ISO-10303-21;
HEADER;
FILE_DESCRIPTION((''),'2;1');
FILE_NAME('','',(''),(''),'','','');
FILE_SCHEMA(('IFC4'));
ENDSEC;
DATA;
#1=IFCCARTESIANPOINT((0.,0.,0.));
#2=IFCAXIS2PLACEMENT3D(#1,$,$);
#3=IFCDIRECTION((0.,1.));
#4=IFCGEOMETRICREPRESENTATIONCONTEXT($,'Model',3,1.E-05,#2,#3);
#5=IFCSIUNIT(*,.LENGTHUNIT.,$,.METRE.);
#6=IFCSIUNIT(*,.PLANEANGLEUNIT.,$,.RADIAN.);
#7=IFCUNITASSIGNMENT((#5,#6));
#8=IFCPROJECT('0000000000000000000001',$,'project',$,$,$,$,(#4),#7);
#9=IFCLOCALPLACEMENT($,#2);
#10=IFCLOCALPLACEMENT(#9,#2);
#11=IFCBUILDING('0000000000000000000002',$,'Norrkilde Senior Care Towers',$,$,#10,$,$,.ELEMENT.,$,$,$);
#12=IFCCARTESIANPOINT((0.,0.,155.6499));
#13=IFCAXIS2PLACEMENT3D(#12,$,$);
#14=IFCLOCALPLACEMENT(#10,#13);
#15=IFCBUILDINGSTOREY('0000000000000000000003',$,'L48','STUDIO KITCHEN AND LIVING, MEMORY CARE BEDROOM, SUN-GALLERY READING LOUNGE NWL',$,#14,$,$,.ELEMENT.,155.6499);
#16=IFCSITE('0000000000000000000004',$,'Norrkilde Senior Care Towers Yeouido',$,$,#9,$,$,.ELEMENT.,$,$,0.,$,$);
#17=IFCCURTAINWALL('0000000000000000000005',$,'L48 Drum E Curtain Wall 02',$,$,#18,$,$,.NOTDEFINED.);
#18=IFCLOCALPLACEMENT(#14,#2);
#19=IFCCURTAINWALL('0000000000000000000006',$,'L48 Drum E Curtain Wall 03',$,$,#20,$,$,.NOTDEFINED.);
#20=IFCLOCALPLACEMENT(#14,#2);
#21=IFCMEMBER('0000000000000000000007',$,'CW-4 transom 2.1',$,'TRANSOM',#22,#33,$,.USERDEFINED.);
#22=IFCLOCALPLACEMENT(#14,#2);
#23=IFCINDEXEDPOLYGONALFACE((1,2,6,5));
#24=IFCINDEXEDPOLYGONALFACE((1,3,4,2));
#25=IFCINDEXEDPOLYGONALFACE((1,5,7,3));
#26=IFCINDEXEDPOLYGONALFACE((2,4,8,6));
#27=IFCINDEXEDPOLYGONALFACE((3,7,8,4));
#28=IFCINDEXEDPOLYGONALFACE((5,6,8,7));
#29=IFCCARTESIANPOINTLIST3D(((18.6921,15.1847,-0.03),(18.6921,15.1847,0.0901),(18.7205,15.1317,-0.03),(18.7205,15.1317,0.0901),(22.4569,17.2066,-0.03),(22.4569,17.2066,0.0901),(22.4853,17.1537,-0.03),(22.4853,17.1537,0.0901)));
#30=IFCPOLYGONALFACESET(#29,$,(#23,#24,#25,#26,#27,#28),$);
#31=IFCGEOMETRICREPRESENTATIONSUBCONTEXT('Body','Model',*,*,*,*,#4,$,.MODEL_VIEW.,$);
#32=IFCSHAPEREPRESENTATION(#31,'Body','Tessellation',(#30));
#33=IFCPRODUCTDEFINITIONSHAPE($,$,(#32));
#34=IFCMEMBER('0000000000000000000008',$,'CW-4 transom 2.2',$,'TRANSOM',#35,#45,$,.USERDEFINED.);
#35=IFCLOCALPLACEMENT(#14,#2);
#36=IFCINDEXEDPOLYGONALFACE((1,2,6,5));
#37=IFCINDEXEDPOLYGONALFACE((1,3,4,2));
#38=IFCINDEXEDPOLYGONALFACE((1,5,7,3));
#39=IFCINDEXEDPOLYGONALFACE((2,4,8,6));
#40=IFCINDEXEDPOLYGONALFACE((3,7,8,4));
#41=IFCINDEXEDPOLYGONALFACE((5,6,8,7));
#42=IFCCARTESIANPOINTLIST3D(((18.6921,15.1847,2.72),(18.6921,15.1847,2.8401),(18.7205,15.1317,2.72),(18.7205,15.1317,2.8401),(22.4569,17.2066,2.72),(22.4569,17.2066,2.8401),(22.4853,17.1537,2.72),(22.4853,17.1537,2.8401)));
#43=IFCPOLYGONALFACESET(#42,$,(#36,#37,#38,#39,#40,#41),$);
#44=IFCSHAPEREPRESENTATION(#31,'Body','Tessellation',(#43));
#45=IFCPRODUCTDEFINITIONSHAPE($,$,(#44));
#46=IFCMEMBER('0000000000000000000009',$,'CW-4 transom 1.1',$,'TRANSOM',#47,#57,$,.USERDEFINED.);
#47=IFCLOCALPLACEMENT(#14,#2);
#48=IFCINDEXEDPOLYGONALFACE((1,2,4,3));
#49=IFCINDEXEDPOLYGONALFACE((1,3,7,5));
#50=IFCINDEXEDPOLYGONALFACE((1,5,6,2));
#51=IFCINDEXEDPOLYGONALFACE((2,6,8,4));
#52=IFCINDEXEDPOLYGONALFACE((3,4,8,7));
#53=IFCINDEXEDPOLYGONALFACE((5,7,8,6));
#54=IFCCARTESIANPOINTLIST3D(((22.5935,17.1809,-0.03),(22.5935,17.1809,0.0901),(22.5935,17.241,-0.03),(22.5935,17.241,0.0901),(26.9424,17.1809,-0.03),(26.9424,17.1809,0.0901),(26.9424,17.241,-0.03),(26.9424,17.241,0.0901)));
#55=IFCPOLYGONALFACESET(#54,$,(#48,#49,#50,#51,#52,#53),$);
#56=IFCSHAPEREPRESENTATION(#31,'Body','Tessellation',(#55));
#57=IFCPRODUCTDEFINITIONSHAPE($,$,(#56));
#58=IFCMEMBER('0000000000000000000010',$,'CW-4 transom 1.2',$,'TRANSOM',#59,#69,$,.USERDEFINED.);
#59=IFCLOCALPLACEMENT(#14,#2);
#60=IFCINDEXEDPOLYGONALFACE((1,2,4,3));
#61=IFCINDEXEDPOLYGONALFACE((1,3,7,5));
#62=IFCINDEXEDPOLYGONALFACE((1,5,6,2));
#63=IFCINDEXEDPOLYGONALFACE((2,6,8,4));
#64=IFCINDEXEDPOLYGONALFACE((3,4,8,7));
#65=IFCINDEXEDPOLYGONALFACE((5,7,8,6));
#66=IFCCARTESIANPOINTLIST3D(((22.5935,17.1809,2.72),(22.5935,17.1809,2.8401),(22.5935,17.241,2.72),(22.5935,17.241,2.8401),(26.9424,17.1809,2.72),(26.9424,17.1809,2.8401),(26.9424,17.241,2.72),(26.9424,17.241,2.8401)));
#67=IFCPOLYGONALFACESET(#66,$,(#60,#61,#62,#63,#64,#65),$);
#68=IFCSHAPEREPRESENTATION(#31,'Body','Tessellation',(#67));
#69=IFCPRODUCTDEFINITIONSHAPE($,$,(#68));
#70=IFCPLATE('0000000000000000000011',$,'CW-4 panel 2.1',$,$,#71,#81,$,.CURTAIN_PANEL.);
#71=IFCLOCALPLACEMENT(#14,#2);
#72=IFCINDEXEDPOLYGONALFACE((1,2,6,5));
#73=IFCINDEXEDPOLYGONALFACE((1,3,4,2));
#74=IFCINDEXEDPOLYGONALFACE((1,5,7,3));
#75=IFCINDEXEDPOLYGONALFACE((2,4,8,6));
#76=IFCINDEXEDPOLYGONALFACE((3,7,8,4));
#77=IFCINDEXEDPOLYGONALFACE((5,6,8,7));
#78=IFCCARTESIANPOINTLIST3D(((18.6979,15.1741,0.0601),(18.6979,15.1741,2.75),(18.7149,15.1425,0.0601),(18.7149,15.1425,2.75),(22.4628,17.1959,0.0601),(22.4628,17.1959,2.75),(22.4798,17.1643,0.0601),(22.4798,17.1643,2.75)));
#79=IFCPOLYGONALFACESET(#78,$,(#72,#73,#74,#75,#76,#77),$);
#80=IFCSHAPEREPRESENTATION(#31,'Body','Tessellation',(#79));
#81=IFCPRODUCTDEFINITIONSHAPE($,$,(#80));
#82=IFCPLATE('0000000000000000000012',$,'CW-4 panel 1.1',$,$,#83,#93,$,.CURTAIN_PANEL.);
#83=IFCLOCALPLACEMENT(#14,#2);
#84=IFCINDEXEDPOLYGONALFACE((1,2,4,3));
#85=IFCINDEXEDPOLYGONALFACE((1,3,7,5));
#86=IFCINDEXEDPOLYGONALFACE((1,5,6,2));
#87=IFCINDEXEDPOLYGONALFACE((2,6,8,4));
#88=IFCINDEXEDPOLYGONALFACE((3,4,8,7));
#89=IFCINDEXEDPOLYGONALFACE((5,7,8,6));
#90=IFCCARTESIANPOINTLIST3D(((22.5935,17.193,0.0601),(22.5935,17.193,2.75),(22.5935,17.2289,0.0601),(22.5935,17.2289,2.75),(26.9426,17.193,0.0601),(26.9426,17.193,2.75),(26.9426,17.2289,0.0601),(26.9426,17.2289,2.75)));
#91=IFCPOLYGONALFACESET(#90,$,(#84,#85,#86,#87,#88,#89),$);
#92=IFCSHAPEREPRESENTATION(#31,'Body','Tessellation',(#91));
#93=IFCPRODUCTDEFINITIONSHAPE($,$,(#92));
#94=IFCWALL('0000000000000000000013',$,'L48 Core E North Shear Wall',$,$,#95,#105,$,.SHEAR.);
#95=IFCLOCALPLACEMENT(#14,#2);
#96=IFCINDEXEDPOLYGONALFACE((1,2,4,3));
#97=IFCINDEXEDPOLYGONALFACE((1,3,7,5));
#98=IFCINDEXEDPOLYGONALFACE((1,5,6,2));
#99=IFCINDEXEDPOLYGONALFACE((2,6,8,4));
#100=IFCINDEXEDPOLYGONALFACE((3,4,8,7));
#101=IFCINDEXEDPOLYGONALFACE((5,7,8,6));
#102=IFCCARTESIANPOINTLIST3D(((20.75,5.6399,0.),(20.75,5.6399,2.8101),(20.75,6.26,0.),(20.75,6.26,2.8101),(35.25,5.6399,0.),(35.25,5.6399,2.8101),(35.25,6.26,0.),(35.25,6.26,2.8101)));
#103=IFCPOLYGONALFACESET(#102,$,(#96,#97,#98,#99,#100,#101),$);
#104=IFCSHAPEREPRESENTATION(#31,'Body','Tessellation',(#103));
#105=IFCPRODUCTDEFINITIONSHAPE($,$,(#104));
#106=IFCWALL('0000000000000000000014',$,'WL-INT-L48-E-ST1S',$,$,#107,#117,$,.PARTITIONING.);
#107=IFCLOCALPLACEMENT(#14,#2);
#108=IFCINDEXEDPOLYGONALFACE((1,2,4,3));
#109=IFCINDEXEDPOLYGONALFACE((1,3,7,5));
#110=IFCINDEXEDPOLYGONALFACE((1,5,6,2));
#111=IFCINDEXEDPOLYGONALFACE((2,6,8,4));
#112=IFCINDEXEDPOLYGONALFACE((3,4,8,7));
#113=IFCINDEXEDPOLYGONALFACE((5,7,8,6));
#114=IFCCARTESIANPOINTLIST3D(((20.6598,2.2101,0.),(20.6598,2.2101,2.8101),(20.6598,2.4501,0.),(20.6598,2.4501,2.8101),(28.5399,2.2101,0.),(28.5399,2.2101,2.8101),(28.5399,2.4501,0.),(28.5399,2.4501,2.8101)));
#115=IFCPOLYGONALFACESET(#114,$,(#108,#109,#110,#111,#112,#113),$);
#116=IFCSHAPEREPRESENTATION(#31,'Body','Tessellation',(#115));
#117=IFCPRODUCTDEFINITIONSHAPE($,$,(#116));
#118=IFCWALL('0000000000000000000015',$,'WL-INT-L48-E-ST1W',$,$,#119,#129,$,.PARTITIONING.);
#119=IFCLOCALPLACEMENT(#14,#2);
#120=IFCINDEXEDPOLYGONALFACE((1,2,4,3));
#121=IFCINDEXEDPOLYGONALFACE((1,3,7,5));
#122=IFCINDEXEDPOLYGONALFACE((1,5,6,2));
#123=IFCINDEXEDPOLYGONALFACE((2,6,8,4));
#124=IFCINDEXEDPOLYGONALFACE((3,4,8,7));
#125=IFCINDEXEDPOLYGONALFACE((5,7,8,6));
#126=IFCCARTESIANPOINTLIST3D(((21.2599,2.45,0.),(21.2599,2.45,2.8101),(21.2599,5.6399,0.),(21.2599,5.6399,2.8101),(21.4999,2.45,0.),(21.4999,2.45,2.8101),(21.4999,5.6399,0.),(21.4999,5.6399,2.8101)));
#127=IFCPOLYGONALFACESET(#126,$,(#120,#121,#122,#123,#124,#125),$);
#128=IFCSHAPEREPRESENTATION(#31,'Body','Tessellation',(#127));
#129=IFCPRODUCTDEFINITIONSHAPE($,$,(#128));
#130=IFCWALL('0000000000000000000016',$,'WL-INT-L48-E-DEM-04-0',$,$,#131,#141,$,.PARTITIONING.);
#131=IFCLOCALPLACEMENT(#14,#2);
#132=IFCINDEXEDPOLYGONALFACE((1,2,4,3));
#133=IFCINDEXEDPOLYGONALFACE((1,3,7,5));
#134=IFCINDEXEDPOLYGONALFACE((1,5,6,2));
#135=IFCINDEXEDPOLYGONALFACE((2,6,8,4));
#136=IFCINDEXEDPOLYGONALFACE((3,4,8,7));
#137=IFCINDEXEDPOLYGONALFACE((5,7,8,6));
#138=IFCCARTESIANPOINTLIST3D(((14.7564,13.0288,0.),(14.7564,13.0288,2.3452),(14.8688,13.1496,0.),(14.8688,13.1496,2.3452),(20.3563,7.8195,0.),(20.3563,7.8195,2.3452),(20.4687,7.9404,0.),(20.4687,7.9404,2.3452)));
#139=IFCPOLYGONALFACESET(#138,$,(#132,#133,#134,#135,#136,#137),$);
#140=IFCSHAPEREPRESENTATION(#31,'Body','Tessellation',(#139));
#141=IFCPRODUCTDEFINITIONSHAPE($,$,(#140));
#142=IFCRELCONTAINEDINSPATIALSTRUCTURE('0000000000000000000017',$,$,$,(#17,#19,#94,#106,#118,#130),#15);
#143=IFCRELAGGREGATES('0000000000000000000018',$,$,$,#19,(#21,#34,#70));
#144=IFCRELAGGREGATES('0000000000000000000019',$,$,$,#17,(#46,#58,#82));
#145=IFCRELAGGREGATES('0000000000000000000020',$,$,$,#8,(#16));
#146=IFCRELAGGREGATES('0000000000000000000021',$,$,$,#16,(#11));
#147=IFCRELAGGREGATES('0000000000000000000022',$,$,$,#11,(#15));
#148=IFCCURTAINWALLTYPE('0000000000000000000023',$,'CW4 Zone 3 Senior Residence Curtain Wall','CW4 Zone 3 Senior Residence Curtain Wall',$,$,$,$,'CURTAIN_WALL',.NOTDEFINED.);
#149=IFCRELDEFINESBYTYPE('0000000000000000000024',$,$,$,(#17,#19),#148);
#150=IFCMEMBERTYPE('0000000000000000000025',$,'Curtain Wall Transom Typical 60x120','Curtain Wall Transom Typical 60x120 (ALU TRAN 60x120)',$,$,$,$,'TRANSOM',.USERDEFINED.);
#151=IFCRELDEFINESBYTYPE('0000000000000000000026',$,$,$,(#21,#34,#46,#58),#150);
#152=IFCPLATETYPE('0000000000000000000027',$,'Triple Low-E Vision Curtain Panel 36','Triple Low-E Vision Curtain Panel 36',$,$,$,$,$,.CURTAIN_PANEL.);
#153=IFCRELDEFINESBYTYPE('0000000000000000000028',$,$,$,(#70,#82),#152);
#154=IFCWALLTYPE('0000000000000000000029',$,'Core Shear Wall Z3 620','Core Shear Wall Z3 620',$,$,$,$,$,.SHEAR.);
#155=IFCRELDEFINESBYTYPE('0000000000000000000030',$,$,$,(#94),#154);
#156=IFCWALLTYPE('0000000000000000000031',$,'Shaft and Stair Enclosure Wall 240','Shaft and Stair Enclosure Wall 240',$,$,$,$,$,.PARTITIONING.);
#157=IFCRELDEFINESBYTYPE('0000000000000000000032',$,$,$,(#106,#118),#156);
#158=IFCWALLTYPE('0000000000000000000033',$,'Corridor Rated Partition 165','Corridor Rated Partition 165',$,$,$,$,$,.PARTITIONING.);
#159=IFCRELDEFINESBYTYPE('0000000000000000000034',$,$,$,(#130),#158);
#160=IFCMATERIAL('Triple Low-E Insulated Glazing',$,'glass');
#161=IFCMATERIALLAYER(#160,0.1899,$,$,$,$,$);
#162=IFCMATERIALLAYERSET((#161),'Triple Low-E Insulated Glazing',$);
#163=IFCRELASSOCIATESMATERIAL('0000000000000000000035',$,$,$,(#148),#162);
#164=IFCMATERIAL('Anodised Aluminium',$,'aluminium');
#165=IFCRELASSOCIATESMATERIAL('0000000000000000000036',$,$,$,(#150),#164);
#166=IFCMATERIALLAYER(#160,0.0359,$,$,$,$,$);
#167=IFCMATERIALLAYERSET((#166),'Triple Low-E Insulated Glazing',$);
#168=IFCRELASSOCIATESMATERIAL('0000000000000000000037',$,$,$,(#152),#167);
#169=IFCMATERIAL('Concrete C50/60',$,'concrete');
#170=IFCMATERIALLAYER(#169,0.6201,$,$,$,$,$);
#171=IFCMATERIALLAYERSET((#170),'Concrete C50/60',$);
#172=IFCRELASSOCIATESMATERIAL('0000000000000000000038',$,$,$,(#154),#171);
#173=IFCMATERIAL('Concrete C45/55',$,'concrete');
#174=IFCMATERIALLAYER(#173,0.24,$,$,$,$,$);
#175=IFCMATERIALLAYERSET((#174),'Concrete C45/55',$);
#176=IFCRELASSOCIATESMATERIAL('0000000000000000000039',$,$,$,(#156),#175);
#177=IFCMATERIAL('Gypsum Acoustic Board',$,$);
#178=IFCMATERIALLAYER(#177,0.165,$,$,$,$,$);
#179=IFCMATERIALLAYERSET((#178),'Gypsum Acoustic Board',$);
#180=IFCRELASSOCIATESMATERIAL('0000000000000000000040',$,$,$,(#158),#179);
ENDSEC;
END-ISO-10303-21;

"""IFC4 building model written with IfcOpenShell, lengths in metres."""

from ifc_helpers import new_model, si_unit, direction, frame, frame_2d, origin, origin_2d, place, context, subcontext, project, spatial, rectangle, extrude, source, transform, mapped, material, layer, layer_set, material_profile, profile_set, type_object, type_shapes, element, aggregate, save


model = new_model("IFC4")

# Units and contexts
model_context = context("Model", 3, precision=1e-05, world=origin(), true_north=direction((0.0, 1.0)))
body_context = subcontext(model_context, "Body", "Model", "MODEL_VIEW")
ifc_project = project(units=[si_unit("LENGTHUNIT", "METRE"), si_unit("PLANEANGLEUNIT", "RADIAN")], contexts=[model_context])

# Site, building, storey
site_placement = place(None, origin())
site = spatial("IfcSite", under=ifc_project, at=site_placement, Name="Norrkilde Senior Care Towers Yeouido", CompositionType="ELEMENT", RefElevation=0.0)
building_placement = place(site_placement, origin())
building = spatial("IfcBuilding", under=site, at=building_placement, Name="Norrkilde Senior Care Towers", CompositionType="ELEMENT")
storey_placement = place(building_placement, frame((0.0, 0.0, 155.6499)))
storey = spatial("IfcBuildingStorey", under=building, at=storey_placement, Name="L48", Description="STUDIO KITCHEN AND LIVING, MEMORY CARE BEDROOM, SUN-GALLERY READING LOUNGE NWL", CompositionType="ELEMENT", Elevation=155.6499)

# Shared definitions
ifc_material_1 = material(Name="Concrete C50/60", Category="concrete")

# Curtain wall
ifc_material_2 = material(Name="Triple Low-E Insulated Glazing", Category="glass")
ifc_layer_1 = layer(ifc_material_2, 0.1899)
ifc_layer_set_1 = layer_set([ifc_layer_1], Name="Triple Low-E Insulated Glazing")
curtain_wall_type = type_object("IfcCurtainWallType", Name="CW4 Zone 3 Senior Residence Curtain Wall", Description="CW4 Zone 3 Senior Residence Curtain Wall", ElementType="CURTAIN_WALL", PredefinedType="NOTDEFINED", material=ifc_layer_set_1)
curtain_wall_1_placement = place(storey_placement, origin())
curtain_wall_1 = element("IfcCurtainWall", 1, at=curtain_wall_1_placement, inside=storey, type_object=curtain_wall_type, Name="L48 Drum E Curtain Wall 02", PredefinedType="NOTDEFINED")
ifc_material_3 = material(Name="Anodised Aluminium", Category="aluminium")

# Curtain wall, members
curtain_wall_2_placement = place(storey_placement, origin())
curtain_wall_2 = element("IfcCurtainWall", 2, at=curtain_wall_2_placement, inside=storey, type_object=curtain_wall_type, Name="L48 Drum E Curtain Wall 03", PredefinedType="NOTDEFINED")
ifc_material_profile_1 = material_profile(ifc_material_3, rectangle(XDim=0.0601, YDim=0.1201, at=origin_2d()), Name="ALU TRAN 60x120")
ifc_profile_set_1 = profile_set([ifc_material_profile_1], Name="Anodised Aluminium")
member_type_1 = type_object("IfcMemberType", Name="Curtain Wall Transom Typical 60x120", Description="Curtain Wall Transom Typical 60x120 (ALU TRAN 60x120)", ElementType="TRANSOM", PredefinedType="USERDEFINED", material=ifc_profile_set_1)
shared_shape_1 = source(origin(), body_context, "Body", "SweptSolid", [
    extrude(rectangle(XDim=0.0601, YDim=0.1201, at=origin_2d()), origin(), (0.0, 0.0, 1.0), 4.2734),
])
member_1_placement = place(storey_placement, frame((18.7063, 15.1582, 0.03), z_axis=(0.880986, 0.473142, 0.0), x_axis=(-0.473142, 0.880986, 0.0)))
member_1 = element("IfcMember", 3, at=member_1_placement, type_object=member_type_1, Name="CW-4 transom 2.1", ObjectType="TRANSOM", PredefinedType="USERDEFINED", context=body_context, shape_type="MappedRepresentation", body=[
    mapped(shared_shape_1, transform((0.0, 0.0, 0.0), x_axis=(1.0, 0.0, 0.0), y_axis=(0.0, 1.0, 0.0), z_axis=(0.0, 0.0, 1.0), scale=1.0)),
])
member_2_placement = place(storey_placement, frame((18.7063, 15.1582, 2.78), z_axis=(0.880986, 0.473142, 0.0), x_axis=(-0.473142, 0.880986, 0.0)))
member_2 = element("IfcMember", 4, at=member_2_placement, type_object=member_type_1, Name="CW-4 transom 2.2", ObjectType="TRANSOM", PredefinedType="USERDEFINED", context=body_context, shape_type="MappedRepresentation", body=[
    mapped(shared_shape_1, transform((0.0, 0.0, 0.0), x_axis=(1.0, 0.0, 0.0), y_axis=(0.0, 1.0, 0.0), z_axis=(0.0, 0.0, 1.0), scale=1.0)),
])

# Members
shared_shape_2 = source(origin(), body_context, "Body", "SweptSolid", [
    extrude(rectangle(XDim=0.0601, YDim=0.1201, at=origin_2d()), origin(), (0.0, 0.0, 1.0), 4.3489),
])
type_shapes(member_type_1, [shared_shape_1, shared_shape_2])
member_3_placement = place(storey_placement, frame((22.5935, 17.2109, 0.03), z_axis=(1.0, 0.0, 0.0), x_axis=(0.0, 1.0, 0.0)))
member_3 = element("IfcMember", 5, at=member_3_placement, type_object=member_type_1, Name="CW-4 transom 1.1", ObjectType="TRANSOM", PredefinedType="USERDEFINED", context=body_context, shape_type="MappedRepresentation", body=[
    mapped(shared_shape_2, transform((0.0, 0.0, 0.0), x_axis=(1.0, 0.0, 0.0), y_axis=(0.0, 1.0, 0.0), z_axis=(0.0, 0.0, 1.0), scale=1.0)),
])
member_4_placement = place(storey_placement, frame((22.5935, 17.2109, 2.78), z_axis=(1.0, 0.0, 0.0), x_axis=(0.0, 1.0, 0.0)))
member_4 = element("IfcMember", 6, at=member_4_placement, type_object=member_type_1, Name="CW-4 transom 1.2", ObjectType="TRANSOM", PredefinedType="USERDEFINED", context=body_context, shape_type="MappedRepresentation", body=[
    mapped(shared_shape_2, transform((0.0, 0.0, 0.0), x_axis=(1.0, 0.0, 0.0), y_axis=(0.0, 1.0, 0.0), z_axis=(0.0, 0.0, 1.0), scale=1.0)),
])

# Plates
ifc_layer_2 = layer(ifc_material_2, 0.0359)
ifc_layer_set_2 = layer_set([ifc_layer_2], Name="Triple Low-E Insulated Glazing")
plate_type = type_object("IfcPlateType", Name="Triple Low-E Vision Curtain Panel 36", Description="Triple Low-E Vision Curtain Panel 36", PredefinedType="CURTAIN_PANEL", material=ifc_layer_set_2)
shared_shape_3 = source(origin(), body_context, "Body", "SweptSolid", [
    extrude(rectangle(XDim=4.2734, YDim=0.0359, at=origin_2d()), origin(), (0.0, 0.0, 1.0), 2.6899),
])
plate_1_placement = place(storey_placement, frame((20.5889, 16.1692, 0.0601), z_axis=(0.0, 0.0, 1.0), x_axis=(0.881, 0.473117, 0.0)))
plate_1 = element("IfcPlate", 7, at=plate_1_placement, type_object=plate_type, Name="CW-4 panel 2.1", PredefinedType="CURTAIN_PANEL", context=body_context, shape_type="MappedRepresentation", body=[
    mapped(shared_shape_3, transform((0.0, 0.0, 0.0), x_axis=(1.0, 0.0, 0.0), y_axis=(0.0, 1.0, 0.0), z_axis=(0.0, 0.0, 1.0), scale=1.0)),
])
aggregate(curtain_wall_2, [member_1, member_2, plate_1])
shared_shape_4 = source(origin(), body_context, "Body", "SweptSolid", [
    extrude(rectangle(XDim=4.3491, YDim=0.0359, at=origin_2d()), origin(), (0.0, 0.0, 1.0), 2.6899),
])
type_shapes(plate_type, [shared_shape_3, shared_shape_4])
plate_2_placement = place(storey_placement, frame((24.7681, 17.2109, 0.0601), z_axis=(0.0, 0.0, 1.0), x_axis=(1.0, 0.0, 0.0)))
plate_2 = element("IfcPlate", 8, at=plate_2_placement, type_object=plate_type, Name="CW-4 panel 1.1", PredefinedType="CURTAIN_PANEL", context=body_context, shape_type="MappedRepresentation", body=[
    mapped(shared_shape_4, transform((0.0, 0.0, 0.0), x_axis=(1.0, 0.0, 0.0), y_axis=(0.0, 1.0, 0.0), z_axis=(0.0, 0.0, 1.0), scale=1.0)),
])
aggregate(curtain_wall_1, [member_3, member_4, plate_2])

# Walls
ifc_layer_3 = layer(ifc_material_1, 0.6201)
ifc_layer_set_3 = layer_set([ifc_layer_3], Name="Concrete C50/60")
wall_type_1 = type_object("IfcWallType", Name="Core Shear Wall Z3 620", Description="Core Shear Wall Z3 620", PredefinedType="SHEAR", material=ifc_layer_set_3)
shared_shape_5 = source(origin(), body_context, "Body", "SweptSolid", [
    extrude(rectangle(XDim=14.5, YDim=0.6201, at=frame_2d((7.25, 0.0))), origin(), (0.0, 0.0, 1.0), 2.8101),
])
type_shapes(wall_type_1, [shared_shape_5])
wall_1_placement = place(storey_placement, frame((20.75, 5.95, 0.0), z_axis=(0.0, 0.0, 1.0), x_axis=(1.0, 0.0, 0.0)))
element("IfcWall", 9, at=wall_1_placement, inside=storey, type_object=wall_type_1, Name="L48 Core E North Shear Wall", PredefinedType="SHEAR", context=body_context, shape_type="MappedRepresentation", body=[
    mapped(shared_shape_5, transform((0.0, 0.0, 0.0), x_axis=(1.0, 0.0, 0.0), y_axis=(0.0, 1.0, 0.0), z_axis=(0.0, 0.0, 1.0), scale=1.0)),
])
ifc_material_4 = material(Name="Concrete C45/55", Category="concrete")
ifc_layer_4 = layer(ifc_material_4, 0.24)
ifc_layer_set_4 = layer_set([ifc_layer_4], Name="Concrete C45/55")
wall_type_2 = type_object("IfcWallType", Name="Shaft and Stair Enclosure Wall 240", Description="Shaft and Stair Enclosure Wall 240", PredefinedType="PARTITIONING", material=ifc_layer_set_4)
shared_shape_6 = source(origin(), body_context, "Body", "SweptSolid", [
    extrude(rectangle(XDim=7.8801, YDim=0.24, at=frame_2d((3.9399, 0.0))), origin(), (0.0, 0.0, 1.0), 2.8101),
])
wall_2_placement = place(storey_placement, frame((20.6599, 2.3301, 0.0), z_axis=(0.0, 0.0, 1.0), x_axis=(1.0, 0.0, 0.0)))
element("IfcWall", 10, at=wall_2_placement, inside=storey, type_object=wall_type_2, Name="WL-INT-L48-E-ST1S", PredefinedType="PARTITIONING", context=body_context, shape_type="MappedRepresentation", body=[
    mapped(shared_shape_6, transform((0.0, 0.0, 0.0), x_axis=(1.0, 0.0, 0.0), y_axis=(0.0, 1.0, 0.0), z_axis=(0.0, 0.0, 1.0), scale=1.0)),
])
shared_shape_7 = source(origin(), body_context, "Body", "SweptSolid", [
    extrude(rectangle(XDim=3.1899, YDim=0.24, at=frame_2d((1.595, 0.0))), origin(), (0.0, 0.0, 1.0), 2.8101),
])
type_shapes(wall_type_2, [shared_shape_6, shared_shape_7])
wall_3_placement = place(storey_placement, frame((21.3799, 2.45, 0.0), z_axis=(0.0, 0.0, 1.0), x_axis=(0.0, 1.0, 0.0)))
element("IfcWall", 11, at=wall_3_placement, inside=storey, type_object=wall_type_2, Name="WL-INT-L48-E-ST1W", PredefinedType="PARTITIONING", context=body_context, shape_type="MappedRepresentation", body=[
    mapped(shared_shape_7, transform((0.0, 0.0, 0.0), x_axis=(1.0, 0.0, 0.0), y_axis=(0.0, 1.0, 0.0), z_axis=(0.0, 0.0, 1.0), scale=1.0)),
])
ifc_material_5 = material(Name="Gypsum Acoustic Board")
ifc_layer_5 = layer(ifc_material_5, 0.165)
ifc_layer_set_5 = layer_set([ifc_layer_5], Name="Gypsum Acoustic Board")
wall_type_3 = type_object("IfcWallType", Name="Corridor Rated Partition 165", Description="Corridor Rated Partition 165", PredefinedType="PARTITIONING", material=ifc_layer_set_5)
shared_shape_8 = source(origin(), body_context, "Body", "SweptSolid", [
    extrude(rectangle(XDim=7.6482, YDim=0.165, at=frame_2d((3.8242, 0.0))), origin(), (0.0, 0.0, 1.0), 2.3452),
])
wall_4_placement = place(storey_placement, frame((20.4126, 7.8799, 0.0), z_axis=(0.0, 0.0, 1.0), x_axis=(-0.732183, 0.681108, 0.0)))
element("IfcWall", 12, at=wall_4_placement, inside=storey, type_object=wall_type_3, Name="WL-INT-L48-E-DEM-04-0", PredefinedType="PARTITIONING", context=body_context, shape_type="MappedRepresentation", body=[
    mapped(shared_shape_8, transform((0.0, 0.0, 0.0), x_axis=(1.0, 0.0, 0.0), y_axis=(0.0, 1.0, 0.0), z_axis=(0.0, 0.0, 1.0), scale=1.0)),
])

save(model, "model.ifc")
